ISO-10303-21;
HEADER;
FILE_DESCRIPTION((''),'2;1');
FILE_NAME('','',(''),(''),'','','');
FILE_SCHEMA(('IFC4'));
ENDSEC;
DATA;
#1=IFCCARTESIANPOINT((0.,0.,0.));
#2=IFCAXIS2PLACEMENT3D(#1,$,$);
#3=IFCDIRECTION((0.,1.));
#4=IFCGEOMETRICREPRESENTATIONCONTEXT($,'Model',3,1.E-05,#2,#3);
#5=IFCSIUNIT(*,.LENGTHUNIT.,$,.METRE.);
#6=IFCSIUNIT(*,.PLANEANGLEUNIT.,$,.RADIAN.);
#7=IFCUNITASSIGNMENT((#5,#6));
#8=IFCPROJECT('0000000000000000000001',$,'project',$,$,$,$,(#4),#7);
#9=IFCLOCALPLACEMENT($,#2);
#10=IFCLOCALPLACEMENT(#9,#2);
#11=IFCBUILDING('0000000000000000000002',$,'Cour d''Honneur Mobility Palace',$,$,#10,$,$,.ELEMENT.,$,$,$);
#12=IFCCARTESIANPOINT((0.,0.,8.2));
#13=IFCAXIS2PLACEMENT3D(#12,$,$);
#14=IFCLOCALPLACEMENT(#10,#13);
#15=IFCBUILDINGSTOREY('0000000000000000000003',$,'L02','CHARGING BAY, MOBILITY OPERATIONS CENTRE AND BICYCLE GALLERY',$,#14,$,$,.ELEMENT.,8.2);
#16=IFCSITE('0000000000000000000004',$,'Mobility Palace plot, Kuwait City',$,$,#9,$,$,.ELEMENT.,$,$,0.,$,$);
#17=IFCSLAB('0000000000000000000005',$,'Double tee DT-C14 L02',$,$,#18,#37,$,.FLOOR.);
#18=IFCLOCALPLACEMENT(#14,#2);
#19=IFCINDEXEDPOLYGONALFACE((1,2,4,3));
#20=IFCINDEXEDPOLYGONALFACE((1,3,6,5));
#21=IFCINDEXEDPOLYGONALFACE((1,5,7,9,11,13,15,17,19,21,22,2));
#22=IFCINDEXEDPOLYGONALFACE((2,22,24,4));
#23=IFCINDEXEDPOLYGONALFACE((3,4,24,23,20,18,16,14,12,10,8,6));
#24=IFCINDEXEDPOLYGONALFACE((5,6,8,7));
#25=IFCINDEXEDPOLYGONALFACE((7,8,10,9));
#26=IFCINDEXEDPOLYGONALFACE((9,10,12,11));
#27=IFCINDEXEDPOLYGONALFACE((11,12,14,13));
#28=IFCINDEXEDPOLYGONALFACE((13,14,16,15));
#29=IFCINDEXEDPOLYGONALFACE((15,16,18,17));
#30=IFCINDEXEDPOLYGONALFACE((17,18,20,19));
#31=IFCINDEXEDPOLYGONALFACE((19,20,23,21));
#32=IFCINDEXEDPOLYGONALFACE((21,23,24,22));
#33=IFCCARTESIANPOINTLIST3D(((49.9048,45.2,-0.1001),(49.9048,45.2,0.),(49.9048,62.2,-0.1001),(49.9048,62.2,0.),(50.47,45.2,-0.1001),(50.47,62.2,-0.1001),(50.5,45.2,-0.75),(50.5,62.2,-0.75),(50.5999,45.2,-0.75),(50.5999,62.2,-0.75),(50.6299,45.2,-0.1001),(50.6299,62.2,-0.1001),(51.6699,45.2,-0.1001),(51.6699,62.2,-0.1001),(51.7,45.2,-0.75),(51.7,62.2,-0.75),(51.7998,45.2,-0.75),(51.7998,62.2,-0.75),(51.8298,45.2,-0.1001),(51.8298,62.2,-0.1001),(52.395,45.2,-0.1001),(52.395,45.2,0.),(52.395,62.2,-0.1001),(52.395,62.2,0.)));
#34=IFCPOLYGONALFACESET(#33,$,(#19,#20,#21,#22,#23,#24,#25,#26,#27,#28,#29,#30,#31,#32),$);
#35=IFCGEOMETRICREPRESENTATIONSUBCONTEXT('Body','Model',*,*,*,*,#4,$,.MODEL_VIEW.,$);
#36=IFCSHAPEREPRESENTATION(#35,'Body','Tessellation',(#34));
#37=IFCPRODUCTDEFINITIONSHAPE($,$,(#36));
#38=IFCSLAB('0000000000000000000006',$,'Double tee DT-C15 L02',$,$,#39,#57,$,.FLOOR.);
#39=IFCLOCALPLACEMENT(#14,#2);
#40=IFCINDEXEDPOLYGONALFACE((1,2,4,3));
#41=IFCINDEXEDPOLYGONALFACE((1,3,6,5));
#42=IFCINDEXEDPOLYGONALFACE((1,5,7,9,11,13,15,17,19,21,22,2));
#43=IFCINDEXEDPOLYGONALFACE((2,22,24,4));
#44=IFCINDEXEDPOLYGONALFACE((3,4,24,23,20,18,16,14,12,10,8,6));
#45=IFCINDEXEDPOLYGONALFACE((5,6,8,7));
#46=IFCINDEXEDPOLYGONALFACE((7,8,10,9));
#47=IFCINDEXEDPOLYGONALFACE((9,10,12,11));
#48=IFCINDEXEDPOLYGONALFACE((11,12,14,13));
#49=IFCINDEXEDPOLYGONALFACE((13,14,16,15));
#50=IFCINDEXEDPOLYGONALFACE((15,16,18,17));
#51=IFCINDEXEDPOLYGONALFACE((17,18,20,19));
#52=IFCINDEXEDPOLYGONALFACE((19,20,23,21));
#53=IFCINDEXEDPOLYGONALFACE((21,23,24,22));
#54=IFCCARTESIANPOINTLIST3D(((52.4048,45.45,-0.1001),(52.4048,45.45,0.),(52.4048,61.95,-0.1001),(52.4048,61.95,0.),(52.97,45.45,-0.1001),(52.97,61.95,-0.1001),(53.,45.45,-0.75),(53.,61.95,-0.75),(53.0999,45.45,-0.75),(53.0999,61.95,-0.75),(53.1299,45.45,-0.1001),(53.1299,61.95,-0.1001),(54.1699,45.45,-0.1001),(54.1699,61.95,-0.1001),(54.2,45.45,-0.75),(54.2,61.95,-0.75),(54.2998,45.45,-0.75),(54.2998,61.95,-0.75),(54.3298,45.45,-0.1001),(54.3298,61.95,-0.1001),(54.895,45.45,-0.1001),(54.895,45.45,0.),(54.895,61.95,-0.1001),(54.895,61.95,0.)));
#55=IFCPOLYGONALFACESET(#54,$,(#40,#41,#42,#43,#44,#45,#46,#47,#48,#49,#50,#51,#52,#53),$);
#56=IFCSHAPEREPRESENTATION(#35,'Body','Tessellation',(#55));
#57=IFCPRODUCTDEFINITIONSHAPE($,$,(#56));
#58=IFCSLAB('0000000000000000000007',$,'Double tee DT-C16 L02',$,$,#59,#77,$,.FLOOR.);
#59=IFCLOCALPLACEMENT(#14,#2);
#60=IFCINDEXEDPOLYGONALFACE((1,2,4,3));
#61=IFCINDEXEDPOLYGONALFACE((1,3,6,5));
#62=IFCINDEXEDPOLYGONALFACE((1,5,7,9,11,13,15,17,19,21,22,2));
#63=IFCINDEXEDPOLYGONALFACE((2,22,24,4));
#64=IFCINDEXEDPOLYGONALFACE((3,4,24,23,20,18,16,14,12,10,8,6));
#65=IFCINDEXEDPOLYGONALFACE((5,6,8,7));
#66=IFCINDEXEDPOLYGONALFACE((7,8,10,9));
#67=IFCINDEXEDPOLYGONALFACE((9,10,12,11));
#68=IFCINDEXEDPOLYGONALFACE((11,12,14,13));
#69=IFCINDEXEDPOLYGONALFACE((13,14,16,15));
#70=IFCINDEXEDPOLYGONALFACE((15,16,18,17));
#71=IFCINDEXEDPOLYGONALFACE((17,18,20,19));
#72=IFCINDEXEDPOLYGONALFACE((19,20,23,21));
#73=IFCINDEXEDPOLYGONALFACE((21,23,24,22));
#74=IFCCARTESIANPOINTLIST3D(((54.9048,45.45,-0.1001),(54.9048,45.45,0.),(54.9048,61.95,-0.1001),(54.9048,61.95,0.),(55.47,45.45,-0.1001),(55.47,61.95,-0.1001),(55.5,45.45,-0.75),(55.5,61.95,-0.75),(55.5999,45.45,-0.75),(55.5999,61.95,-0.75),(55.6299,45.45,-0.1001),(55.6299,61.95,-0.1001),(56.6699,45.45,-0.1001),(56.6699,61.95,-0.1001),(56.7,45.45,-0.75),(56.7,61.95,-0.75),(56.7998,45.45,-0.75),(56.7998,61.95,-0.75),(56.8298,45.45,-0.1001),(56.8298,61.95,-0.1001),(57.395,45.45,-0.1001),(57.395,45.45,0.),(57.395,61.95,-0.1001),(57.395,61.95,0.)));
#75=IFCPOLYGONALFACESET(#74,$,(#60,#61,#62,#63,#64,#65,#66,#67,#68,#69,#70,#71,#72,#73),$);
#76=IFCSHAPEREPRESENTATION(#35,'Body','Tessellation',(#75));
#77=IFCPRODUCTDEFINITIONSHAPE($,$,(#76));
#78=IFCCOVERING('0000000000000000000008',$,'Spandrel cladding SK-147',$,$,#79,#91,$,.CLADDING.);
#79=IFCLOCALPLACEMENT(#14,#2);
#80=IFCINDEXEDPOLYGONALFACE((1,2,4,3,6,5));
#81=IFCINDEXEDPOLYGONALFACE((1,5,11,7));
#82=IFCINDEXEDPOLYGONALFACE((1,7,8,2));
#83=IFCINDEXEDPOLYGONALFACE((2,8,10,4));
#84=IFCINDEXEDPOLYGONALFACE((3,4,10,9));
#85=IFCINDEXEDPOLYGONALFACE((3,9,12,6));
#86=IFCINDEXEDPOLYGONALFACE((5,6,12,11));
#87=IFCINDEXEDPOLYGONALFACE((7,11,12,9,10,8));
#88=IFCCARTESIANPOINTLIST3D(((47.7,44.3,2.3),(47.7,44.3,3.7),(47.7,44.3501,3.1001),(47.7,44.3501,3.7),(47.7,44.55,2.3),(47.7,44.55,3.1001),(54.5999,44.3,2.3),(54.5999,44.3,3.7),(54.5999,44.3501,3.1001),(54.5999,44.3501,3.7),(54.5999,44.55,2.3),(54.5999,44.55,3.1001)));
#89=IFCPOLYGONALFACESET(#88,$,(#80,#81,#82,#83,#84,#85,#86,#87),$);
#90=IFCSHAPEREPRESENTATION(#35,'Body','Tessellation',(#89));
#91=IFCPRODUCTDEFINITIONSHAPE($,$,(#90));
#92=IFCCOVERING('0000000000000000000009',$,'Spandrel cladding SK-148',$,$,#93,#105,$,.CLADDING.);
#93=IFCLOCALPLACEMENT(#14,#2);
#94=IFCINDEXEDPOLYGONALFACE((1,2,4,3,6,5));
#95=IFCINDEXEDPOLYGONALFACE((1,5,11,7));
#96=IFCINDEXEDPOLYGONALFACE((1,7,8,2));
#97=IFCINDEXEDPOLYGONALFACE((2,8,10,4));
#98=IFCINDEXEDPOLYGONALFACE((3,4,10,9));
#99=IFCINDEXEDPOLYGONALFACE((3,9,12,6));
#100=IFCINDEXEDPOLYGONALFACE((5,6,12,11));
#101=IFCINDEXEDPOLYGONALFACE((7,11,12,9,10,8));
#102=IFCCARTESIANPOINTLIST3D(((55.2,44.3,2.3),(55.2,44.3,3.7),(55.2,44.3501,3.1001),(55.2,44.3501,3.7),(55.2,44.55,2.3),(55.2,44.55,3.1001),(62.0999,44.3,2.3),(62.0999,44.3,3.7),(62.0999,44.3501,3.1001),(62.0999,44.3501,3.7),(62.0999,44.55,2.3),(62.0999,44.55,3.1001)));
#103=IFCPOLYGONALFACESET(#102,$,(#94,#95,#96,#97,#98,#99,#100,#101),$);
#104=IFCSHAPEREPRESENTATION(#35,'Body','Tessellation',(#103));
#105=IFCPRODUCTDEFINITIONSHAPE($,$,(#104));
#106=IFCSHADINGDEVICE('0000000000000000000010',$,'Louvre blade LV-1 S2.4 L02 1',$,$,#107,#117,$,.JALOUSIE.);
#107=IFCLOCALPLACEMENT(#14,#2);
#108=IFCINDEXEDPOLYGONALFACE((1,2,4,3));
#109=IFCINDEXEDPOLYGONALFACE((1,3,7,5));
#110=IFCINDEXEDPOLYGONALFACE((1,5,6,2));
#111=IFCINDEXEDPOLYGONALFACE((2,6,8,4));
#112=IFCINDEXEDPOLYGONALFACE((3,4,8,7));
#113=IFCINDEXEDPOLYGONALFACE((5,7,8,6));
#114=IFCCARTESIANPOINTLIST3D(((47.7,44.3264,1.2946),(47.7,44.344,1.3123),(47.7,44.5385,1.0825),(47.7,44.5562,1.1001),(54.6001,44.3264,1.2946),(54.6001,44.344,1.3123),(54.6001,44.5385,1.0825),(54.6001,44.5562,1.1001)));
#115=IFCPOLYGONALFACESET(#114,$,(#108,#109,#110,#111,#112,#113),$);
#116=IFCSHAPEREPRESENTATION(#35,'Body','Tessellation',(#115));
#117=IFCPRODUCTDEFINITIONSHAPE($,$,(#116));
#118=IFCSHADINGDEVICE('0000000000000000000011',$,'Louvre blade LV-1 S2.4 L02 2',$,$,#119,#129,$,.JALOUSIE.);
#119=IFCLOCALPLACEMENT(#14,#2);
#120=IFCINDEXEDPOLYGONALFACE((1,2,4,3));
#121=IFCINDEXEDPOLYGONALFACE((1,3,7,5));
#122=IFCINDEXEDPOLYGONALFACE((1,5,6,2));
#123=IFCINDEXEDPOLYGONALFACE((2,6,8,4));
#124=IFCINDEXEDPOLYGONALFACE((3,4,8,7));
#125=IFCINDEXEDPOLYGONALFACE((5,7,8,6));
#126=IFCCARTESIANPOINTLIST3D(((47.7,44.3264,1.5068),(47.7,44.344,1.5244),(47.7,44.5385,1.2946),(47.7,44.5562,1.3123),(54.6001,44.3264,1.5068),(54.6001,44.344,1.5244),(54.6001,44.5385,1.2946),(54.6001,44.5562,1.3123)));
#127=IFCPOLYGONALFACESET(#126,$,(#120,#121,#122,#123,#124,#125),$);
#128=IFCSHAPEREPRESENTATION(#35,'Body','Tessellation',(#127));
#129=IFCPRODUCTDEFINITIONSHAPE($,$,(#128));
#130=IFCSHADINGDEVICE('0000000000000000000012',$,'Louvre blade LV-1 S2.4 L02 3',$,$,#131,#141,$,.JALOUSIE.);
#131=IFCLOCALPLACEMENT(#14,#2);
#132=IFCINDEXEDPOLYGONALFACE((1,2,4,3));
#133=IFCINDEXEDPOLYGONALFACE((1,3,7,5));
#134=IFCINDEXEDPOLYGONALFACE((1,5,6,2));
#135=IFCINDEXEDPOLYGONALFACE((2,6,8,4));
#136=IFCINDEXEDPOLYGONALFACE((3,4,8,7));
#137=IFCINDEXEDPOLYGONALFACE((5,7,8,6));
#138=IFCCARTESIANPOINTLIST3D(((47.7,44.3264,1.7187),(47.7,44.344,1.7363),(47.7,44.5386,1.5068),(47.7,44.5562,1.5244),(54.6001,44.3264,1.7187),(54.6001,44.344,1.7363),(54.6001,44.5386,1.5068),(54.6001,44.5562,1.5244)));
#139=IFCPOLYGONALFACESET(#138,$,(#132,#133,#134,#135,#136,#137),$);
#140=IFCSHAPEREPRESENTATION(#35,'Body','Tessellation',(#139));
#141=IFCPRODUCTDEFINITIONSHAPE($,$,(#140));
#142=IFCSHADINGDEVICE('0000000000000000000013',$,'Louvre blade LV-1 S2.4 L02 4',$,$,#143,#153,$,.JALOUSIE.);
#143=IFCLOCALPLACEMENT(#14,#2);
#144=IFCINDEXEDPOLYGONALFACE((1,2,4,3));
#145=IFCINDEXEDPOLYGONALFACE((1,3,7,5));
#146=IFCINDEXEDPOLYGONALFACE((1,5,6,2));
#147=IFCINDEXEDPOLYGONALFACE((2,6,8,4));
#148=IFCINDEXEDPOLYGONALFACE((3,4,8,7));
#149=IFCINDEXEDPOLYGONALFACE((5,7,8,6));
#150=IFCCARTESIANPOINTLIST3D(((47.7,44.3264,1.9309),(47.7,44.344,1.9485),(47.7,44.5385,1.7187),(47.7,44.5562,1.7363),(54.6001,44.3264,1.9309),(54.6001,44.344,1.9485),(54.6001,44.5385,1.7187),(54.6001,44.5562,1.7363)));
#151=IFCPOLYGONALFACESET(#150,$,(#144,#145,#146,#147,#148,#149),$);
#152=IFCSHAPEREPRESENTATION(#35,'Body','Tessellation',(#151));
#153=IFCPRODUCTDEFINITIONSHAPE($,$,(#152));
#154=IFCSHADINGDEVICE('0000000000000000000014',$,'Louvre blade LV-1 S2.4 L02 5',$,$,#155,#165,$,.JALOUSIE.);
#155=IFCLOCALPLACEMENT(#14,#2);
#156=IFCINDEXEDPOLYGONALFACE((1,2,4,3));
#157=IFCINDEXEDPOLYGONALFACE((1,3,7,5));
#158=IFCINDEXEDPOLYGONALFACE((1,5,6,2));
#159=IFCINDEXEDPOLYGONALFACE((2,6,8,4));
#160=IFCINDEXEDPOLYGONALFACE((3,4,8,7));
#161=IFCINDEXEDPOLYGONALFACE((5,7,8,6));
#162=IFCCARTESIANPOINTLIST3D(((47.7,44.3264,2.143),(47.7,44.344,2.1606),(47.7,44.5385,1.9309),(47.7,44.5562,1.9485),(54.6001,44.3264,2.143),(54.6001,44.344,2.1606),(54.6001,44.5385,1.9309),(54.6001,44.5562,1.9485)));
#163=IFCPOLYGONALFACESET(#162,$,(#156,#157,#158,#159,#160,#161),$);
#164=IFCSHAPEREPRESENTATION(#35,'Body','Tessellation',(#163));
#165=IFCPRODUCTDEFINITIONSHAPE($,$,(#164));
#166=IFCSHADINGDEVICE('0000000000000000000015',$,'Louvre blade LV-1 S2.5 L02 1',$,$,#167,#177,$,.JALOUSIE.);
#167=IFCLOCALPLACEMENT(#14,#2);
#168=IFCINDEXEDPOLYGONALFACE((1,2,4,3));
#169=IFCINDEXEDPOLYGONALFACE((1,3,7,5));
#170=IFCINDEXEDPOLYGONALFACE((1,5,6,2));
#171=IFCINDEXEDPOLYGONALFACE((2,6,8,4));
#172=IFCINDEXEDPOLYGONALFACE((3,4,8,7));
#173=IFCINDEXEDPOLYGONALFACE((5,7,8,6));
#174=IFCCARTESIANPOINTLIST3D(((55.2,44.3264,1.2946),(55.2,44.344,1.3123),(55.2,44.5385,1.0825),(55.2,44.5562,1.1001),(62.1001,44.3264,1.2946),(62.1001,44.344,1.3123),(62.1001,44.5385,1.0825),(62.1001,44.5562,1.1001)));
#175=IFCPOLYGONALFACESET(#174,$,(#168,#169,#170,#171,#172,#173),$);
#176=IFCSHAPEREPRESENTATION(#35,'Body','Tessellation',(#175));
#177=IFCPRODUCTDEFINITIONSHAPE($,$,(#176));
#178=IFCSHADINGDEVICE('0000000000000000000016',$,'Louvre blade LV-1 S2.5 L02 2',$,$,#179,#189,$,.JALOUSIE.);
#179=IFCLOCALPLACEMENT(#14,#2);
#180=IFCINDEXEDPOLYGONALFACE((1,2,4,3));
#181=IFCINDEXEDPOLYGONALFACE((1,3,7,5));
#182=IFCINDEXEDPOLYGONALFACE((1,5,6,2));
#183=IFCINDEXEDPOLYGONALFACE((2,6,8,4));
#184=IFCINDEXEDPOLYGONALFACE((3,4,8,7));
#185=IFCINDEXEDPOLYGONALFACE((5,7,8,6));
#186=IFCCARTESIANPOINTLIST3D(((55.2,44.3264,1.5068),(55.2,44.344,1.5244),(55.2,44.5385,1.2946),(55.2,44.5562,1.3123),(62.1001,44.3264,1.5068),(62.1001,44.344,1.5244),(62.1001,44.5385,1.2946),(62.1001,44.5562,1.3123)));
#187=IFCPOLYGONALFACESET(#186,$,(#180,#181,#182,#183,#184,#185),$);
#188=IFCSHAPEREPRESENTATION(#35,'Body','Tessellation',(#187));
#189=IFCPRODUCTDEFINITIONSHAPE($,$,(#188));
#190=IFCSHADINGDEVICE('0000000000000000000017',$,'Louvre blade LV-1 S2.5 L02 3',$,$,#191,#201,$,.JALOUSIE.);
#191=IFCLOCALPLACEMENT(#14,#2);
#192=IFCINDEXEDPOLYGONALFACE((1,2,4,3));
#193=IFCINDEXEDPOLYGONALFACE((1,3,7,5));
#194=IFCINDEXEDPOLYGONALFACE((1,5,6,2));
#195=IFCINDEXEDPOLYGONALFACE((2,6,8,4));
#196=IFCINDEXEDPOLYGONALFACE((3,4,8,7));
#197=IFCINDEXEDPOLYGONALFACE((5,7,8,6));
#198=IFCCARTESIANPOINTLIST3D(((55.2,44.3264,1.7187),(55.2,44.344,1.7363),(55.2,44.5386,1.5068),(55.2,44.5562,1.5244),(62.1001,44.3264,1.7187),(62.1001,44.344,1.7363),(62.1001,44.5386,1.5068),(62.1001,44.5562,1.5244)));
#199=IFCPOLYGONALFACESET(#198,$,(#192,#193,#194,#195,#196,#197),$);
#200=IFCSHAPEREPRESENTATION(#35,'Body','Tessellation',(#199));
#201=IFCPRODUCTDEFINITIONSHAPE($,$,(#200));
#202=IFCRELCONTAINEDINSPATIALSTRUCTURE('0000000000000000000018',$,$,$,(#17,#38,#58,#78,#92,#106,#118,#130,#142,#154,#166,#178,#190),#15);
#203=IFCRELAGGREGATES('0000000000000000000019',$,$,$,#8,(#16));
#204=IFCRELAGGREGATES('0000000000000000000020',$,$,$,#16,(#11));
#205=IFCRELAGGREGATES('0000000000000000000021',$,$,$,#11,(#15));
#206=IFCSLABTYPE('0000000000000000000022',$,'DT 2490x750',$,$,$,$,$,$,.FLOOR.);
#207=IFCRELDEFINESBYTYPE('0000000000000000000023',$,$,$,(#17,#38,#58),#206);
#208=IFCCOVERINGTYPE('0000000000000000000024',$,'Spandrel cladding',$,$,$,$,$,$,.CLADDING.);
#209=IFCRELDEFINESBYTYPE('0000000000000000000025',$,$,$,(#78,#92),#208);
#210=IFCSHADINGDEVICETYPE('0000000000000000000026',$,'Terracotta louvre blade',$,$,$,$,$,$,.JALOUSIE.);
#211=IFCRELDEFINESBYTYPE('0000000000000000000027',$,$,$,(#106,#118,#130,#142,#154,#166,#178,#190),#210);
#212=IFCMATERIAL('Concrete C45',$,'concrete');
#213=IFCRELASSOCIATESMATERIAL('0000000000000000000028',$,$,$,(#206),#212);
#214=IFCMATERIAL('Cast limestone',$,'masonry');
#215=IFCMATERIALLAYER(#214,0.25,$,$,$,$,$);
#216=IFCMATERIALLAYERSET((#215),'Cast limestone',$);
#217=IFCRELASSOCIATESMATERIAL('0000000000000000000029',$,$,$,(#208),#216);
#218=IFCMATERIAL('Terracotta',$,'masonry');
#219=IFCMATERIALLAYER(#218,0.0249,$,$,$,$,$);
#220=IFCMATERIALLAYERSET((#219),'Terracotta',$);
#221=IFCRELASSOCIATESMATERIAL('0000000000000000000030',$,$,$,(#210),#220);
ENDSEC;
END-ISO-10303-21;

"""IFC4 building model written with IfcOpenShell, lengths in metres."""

from ifc_helpers import new_model, si_unit, direction, frame, origin, place, context, subcontext, project, spatial, polyline, outline, extrude, material, layer, layer_set, material_profile, profile_set, type_object, element, save


model = new_model("IFC4")

# Units and contexts
model_context = context("Model", 3, precision=1e-05, world=origin(), true_north=direction((0.0, 1.0)))
body_context = subcontext(model_context, "Body", "Model", "MODEL_VIEW")
ifc_project = project(units=[si_unit("LENGTHUNIT", "METRE"), si_unit("PLANEANGLEUNIT", "RADIAN")], contexts=[model_context])

# Site, building, storey
site_placement = place(None, origin())
site = spatial("IfcSite", under=ifc_project, at=site_placement, Name="Mobility Palace plot, Kuwait City", CompositionType="ELEMENT", RefElevation=0.0)
building_placement = place(site_placement, origin())
building = spatial("IfcBuilding", under=site, at=building_placement, Name="Cour d'Honneur Mobility Palace", CompositionType="ELEMENT")
storey_placement = place(building_placement, frame((0.0, 0.0, 8.2)))
storey = spatial("IfcBuildingStorey", under=building, at=storey_placement, Name="L02", Description="CHARGING BAY, MOBILITY OPERATIONS CENTRE AND BICYCLE GALLERY", CompositionType="ELEMENT", Elevation=8.2)

# Slabs
ifc_material_1 = material(Name="Concrete C45", Category="concrete")
ifc_material_profile_1 = material_profile(ifc_material_1, outline(polyline([(-1.2451, 0.0), (1.2451, 0.0), (1.2451, -0.1001), (0.6799, -0.1001), (0.6499, -0.75), (0.55, -0.75), (0.52, -0.1001), (-0.52, -0.1001), (-0.55, -0.75), (-0.6499, -0.75), (-0.6799, -0.1001), (-1.2451, -0.1001), (-1.2451, 0.0)])), Name="DT 2490x750")
ifc_profile_set_1 = profile_set([ifc_material_profile_1], Name="Concrete C45")
slab_type = type_object("IfcSlabType", Name="DT 2490x750", PredefinedType="FLOOR", material=ifc_profile_set_1)
slab_1_placement = place(storey_placement, frame((51.1499, 45.2, 0.0), z_axis=(0.0, 1.0, 0.0), x_axis=(-1.0, 0.0, 0.0)))
element("IfcSlab", 1, at=slab_1_placement, inside=storey, type_object=slab_type, Name="Double tee DT-C14 L02", PredefinedType="FLOOR", context=body_context, shape_type="SweptSolid", body=[
    extrude(outline(polyline([(-1.2451, 0.0), (1.2451, 0.0), (1.2451, -0.1001), (0.6799, -0.1001), (0.6499, -0.75), (0.55, -0.75), (0.52, -0.1001), (-0.52, -0.1001), (-0.55, -0.75), (-0.6499, -0.75), (-0.6799, -0.1001), (-1.2451, -0.1001), (-1.2451, 0.0)])), origin(), (0.0, 0.0, 1.0), 17.0),
])
for number, where, z_axis, x_axis, name in (
    (2, (53.6499, 45.45, 0.0), (0.0, 1.0, 0.0), (-1.0, 0.0, 0.0), "Double tee DT-C15 L02"),
    (3, (56.1499, 45.45, 0.0), (0.0, 1.0, 0.0), (-1.0, 0.0, 0.0), "Double tee DT-C16 L02"),
):
    element("IfcSlab", number, at=place(storey_placement, frame(where, z_axis=z_axis, x_axis=x_axis)), inside=storey, type_object=slab_type, Name=name, PredefinedType="FLOOR", context=body_context, shape_type="SweptSolid", body=[
        extrude(outline(polyline([(-1.2451, 0.0), (1.2451, 0.0), (1.2451, -0.1001), (0.6799, -0.1001), (0.6499, -0.75), (0.55, -0.75), (0.52, -0.1001), (-0.52, -0.1001), (-0.55, -0.75), (-0.6499, -0.75), (-0.6799, -0.1001), (-1.2451, -0.1001), (-1.2451, 0.0)])), origin(), (0.0, 0.0, 1.0), 16.5),
    ])

# Coverings
ifc_material_2 = material(Name="Cast limestone", Category="masonry")
ifc_layer_1 = layer(ifc_material_2, 0.25)
ifc_layer_set_1 = layer_set([ifc_layer_1], Name="Cast limestone")
covering_type = type_object("IfcCoveringType", Name="Spandrel cladding", PredefinedType="CLADDING", material=ifc_layer_set_1)
for number, where, z_axis, x_axis, name in (
    (4, (47.7, 44.55, 2.3), (-1.0, 0.0, 0.0), (0.0, -1.0, 0.0), "Spandrel cladding SK-147"),
    (5, (55.2, 44.55, 2.3), (-1.0, 0.0, 0.0), (0.0, -1.0, 0.0), "Spandrel cladding SK-148"),
):
    element("IfcCovering", number, at=place(storey_placement, frame(where, z_axis=z_axis, x_axis=x_axis)), inside=storey, type_object=covering_type, Name=name, PredefinedType="CLADDING", context=body_context, shape_type="SweptSolid", body=[
        extrude(outline(polyline([(0.0, 0.0), (0.25, 0.0), (0.25, 1.3999), (0.2, 1.3999), (0.2, 0.8), (0.0, 0.8), (0.0, 0.0)])), origin(), (0.0, 0.0, -1.0), 6.8999),
    ])

# Shading devices
ifc_material_3 = material(Name="Terracotta", Category="masonry")
ifc_layer_2 = layer(ifc_material_3, 0.0249)
ifc_layer_set_2 = layer_set([ifc_layer_2], Name="Terracotta")
shading_device_type = type_object("IfcShadingDeviceType", Name="Terracotta louvre blade", PredefinedType="JALOUSIE", material=ifc_layer_set_2)
for number, where, z_axis, x_axis, name in (
    (6, (47.7, 44.5562, 1.1001), (0.0, 0.707107, 0.707107), (1.0, 0.0, 0.0), "Louvre blade LV-1 S2.4 L02 1"),
    (7, (47.7, 44.5562, 1.3123), (0.0, 0.707107, 0.707107), (1.0, 0.0, 0.0), "Louvre blade LV-1 S2.4 L02 2"),
):
    element("IfcShadingDevice", number, at=place(storey_placement, frame(where, z_axis=z_axis, x_axis=x_axis)), inside=storey, type_object=shading_device_type, Name=name, PredefinedType="JALOUSIE", context=body_context, shape_type="SweptSolid", body=[
        extrude(outline(polyline([(0.0, 0.0), (6.9001, 0.0), (6.9001, -0.3), (0.0, -0.3), (0.0, 0.0)])), origin(), (0.0, 0.0, -1.0), 0.0249),
    ])
shading_device_1_placement = place(storey_placement, frame((47.7, 44.5562, 1.5244), z_axis=(0.0, 0.7067, 0.707514), x_axis=(1.0, 0.0, 0.0)))
element("IfcShadingDevice", 8, at=shading_device_1_placement, inside=storey, type_object=shading_device_type, Name="Louvre blade LV-1 S2.4 L02 3", PredefinedType="JALOUSIE", context=body_context, shape_type="SweptSolid", body=[
    extrude(outline(polyline([(0.0, 0.0), (6.9001, 0.0), (6.9001, -0.2999), (0.0, -0.2999), (0.0, 0.0)])), origin(), (0.0, 0.0, -1.0), 0.0249),
])
for number, where, z_axis, x_axis, name in (
    (9, (47.7, 44.5562, 1.7363), (0.0, 0.707107, 0.707107), (1.0, 0.0, 0.0), "Louvre blade LV-1 S2.4 L02 4"),
    (10, (47.7, 44.5562, 1.9485), (0.0, 0.707107, 0.707107), (1.0, 0.0, 0.0), "Louvre blade LV-1 S2.4 L02 5"),
    (11, (55.2, 44.5562, 1.1001), (0.0, 0.707107, 0.707107), (1.0, 0.0, 0.0), "Louvre blade LV-1 S2.5 L02 1"),
    (12, (55.2, 44.5562, 1.3123), (0.0, 0.707107, 0.707107), (1.0, 0.0, 0.0), "Louvre blade LV-1 S2.5 L02 2"),
):
    element("IfcShadingDevice", number, at=place(storey_placement, frame(where, z_axis=z_axis, x_axis=x_axis)), inside=storey, type_object=shading_device_type, Name=name, PredefinedType="JALOUSIE", context=body_context, shape_type="SweptSolid", body=[
        extrude(outline(polyline([(0.0, 0.0), (6.9001, 0.0), (6.9001, -0.3), (0.0, -0.3), (0.0, 0.0)])), origin(), (0.0, 0.0, -1.0), 0.0249),
    ])
shading_device_2_placement = place(storey_placement, frame((55.2, 44.5562, 1.5244), z_axis=(0.0, 0.7067, 0.707514), x_axis=(1.0, 0.0, 0.0)))
element("IfcShadingDevice", 13, at=shading_device_2_placement, inside=storey, type_object=shading_device_type, Name="Louvre blade LV-1 S2.5 L02 3", PredefinedType="JALOUSIE", context=body_context, shape_type="SweptSolid", body=[
    extrude(outline(polyline([(0.0, 0.0), (6.9001, 0.0), (6.9001, -0.2999), (0.0, -0.2999), (0.0, 0.0)])), origin(), (0.0, 0.0, -1.0), 0.0249),
])

save(model, "model.ifc")
